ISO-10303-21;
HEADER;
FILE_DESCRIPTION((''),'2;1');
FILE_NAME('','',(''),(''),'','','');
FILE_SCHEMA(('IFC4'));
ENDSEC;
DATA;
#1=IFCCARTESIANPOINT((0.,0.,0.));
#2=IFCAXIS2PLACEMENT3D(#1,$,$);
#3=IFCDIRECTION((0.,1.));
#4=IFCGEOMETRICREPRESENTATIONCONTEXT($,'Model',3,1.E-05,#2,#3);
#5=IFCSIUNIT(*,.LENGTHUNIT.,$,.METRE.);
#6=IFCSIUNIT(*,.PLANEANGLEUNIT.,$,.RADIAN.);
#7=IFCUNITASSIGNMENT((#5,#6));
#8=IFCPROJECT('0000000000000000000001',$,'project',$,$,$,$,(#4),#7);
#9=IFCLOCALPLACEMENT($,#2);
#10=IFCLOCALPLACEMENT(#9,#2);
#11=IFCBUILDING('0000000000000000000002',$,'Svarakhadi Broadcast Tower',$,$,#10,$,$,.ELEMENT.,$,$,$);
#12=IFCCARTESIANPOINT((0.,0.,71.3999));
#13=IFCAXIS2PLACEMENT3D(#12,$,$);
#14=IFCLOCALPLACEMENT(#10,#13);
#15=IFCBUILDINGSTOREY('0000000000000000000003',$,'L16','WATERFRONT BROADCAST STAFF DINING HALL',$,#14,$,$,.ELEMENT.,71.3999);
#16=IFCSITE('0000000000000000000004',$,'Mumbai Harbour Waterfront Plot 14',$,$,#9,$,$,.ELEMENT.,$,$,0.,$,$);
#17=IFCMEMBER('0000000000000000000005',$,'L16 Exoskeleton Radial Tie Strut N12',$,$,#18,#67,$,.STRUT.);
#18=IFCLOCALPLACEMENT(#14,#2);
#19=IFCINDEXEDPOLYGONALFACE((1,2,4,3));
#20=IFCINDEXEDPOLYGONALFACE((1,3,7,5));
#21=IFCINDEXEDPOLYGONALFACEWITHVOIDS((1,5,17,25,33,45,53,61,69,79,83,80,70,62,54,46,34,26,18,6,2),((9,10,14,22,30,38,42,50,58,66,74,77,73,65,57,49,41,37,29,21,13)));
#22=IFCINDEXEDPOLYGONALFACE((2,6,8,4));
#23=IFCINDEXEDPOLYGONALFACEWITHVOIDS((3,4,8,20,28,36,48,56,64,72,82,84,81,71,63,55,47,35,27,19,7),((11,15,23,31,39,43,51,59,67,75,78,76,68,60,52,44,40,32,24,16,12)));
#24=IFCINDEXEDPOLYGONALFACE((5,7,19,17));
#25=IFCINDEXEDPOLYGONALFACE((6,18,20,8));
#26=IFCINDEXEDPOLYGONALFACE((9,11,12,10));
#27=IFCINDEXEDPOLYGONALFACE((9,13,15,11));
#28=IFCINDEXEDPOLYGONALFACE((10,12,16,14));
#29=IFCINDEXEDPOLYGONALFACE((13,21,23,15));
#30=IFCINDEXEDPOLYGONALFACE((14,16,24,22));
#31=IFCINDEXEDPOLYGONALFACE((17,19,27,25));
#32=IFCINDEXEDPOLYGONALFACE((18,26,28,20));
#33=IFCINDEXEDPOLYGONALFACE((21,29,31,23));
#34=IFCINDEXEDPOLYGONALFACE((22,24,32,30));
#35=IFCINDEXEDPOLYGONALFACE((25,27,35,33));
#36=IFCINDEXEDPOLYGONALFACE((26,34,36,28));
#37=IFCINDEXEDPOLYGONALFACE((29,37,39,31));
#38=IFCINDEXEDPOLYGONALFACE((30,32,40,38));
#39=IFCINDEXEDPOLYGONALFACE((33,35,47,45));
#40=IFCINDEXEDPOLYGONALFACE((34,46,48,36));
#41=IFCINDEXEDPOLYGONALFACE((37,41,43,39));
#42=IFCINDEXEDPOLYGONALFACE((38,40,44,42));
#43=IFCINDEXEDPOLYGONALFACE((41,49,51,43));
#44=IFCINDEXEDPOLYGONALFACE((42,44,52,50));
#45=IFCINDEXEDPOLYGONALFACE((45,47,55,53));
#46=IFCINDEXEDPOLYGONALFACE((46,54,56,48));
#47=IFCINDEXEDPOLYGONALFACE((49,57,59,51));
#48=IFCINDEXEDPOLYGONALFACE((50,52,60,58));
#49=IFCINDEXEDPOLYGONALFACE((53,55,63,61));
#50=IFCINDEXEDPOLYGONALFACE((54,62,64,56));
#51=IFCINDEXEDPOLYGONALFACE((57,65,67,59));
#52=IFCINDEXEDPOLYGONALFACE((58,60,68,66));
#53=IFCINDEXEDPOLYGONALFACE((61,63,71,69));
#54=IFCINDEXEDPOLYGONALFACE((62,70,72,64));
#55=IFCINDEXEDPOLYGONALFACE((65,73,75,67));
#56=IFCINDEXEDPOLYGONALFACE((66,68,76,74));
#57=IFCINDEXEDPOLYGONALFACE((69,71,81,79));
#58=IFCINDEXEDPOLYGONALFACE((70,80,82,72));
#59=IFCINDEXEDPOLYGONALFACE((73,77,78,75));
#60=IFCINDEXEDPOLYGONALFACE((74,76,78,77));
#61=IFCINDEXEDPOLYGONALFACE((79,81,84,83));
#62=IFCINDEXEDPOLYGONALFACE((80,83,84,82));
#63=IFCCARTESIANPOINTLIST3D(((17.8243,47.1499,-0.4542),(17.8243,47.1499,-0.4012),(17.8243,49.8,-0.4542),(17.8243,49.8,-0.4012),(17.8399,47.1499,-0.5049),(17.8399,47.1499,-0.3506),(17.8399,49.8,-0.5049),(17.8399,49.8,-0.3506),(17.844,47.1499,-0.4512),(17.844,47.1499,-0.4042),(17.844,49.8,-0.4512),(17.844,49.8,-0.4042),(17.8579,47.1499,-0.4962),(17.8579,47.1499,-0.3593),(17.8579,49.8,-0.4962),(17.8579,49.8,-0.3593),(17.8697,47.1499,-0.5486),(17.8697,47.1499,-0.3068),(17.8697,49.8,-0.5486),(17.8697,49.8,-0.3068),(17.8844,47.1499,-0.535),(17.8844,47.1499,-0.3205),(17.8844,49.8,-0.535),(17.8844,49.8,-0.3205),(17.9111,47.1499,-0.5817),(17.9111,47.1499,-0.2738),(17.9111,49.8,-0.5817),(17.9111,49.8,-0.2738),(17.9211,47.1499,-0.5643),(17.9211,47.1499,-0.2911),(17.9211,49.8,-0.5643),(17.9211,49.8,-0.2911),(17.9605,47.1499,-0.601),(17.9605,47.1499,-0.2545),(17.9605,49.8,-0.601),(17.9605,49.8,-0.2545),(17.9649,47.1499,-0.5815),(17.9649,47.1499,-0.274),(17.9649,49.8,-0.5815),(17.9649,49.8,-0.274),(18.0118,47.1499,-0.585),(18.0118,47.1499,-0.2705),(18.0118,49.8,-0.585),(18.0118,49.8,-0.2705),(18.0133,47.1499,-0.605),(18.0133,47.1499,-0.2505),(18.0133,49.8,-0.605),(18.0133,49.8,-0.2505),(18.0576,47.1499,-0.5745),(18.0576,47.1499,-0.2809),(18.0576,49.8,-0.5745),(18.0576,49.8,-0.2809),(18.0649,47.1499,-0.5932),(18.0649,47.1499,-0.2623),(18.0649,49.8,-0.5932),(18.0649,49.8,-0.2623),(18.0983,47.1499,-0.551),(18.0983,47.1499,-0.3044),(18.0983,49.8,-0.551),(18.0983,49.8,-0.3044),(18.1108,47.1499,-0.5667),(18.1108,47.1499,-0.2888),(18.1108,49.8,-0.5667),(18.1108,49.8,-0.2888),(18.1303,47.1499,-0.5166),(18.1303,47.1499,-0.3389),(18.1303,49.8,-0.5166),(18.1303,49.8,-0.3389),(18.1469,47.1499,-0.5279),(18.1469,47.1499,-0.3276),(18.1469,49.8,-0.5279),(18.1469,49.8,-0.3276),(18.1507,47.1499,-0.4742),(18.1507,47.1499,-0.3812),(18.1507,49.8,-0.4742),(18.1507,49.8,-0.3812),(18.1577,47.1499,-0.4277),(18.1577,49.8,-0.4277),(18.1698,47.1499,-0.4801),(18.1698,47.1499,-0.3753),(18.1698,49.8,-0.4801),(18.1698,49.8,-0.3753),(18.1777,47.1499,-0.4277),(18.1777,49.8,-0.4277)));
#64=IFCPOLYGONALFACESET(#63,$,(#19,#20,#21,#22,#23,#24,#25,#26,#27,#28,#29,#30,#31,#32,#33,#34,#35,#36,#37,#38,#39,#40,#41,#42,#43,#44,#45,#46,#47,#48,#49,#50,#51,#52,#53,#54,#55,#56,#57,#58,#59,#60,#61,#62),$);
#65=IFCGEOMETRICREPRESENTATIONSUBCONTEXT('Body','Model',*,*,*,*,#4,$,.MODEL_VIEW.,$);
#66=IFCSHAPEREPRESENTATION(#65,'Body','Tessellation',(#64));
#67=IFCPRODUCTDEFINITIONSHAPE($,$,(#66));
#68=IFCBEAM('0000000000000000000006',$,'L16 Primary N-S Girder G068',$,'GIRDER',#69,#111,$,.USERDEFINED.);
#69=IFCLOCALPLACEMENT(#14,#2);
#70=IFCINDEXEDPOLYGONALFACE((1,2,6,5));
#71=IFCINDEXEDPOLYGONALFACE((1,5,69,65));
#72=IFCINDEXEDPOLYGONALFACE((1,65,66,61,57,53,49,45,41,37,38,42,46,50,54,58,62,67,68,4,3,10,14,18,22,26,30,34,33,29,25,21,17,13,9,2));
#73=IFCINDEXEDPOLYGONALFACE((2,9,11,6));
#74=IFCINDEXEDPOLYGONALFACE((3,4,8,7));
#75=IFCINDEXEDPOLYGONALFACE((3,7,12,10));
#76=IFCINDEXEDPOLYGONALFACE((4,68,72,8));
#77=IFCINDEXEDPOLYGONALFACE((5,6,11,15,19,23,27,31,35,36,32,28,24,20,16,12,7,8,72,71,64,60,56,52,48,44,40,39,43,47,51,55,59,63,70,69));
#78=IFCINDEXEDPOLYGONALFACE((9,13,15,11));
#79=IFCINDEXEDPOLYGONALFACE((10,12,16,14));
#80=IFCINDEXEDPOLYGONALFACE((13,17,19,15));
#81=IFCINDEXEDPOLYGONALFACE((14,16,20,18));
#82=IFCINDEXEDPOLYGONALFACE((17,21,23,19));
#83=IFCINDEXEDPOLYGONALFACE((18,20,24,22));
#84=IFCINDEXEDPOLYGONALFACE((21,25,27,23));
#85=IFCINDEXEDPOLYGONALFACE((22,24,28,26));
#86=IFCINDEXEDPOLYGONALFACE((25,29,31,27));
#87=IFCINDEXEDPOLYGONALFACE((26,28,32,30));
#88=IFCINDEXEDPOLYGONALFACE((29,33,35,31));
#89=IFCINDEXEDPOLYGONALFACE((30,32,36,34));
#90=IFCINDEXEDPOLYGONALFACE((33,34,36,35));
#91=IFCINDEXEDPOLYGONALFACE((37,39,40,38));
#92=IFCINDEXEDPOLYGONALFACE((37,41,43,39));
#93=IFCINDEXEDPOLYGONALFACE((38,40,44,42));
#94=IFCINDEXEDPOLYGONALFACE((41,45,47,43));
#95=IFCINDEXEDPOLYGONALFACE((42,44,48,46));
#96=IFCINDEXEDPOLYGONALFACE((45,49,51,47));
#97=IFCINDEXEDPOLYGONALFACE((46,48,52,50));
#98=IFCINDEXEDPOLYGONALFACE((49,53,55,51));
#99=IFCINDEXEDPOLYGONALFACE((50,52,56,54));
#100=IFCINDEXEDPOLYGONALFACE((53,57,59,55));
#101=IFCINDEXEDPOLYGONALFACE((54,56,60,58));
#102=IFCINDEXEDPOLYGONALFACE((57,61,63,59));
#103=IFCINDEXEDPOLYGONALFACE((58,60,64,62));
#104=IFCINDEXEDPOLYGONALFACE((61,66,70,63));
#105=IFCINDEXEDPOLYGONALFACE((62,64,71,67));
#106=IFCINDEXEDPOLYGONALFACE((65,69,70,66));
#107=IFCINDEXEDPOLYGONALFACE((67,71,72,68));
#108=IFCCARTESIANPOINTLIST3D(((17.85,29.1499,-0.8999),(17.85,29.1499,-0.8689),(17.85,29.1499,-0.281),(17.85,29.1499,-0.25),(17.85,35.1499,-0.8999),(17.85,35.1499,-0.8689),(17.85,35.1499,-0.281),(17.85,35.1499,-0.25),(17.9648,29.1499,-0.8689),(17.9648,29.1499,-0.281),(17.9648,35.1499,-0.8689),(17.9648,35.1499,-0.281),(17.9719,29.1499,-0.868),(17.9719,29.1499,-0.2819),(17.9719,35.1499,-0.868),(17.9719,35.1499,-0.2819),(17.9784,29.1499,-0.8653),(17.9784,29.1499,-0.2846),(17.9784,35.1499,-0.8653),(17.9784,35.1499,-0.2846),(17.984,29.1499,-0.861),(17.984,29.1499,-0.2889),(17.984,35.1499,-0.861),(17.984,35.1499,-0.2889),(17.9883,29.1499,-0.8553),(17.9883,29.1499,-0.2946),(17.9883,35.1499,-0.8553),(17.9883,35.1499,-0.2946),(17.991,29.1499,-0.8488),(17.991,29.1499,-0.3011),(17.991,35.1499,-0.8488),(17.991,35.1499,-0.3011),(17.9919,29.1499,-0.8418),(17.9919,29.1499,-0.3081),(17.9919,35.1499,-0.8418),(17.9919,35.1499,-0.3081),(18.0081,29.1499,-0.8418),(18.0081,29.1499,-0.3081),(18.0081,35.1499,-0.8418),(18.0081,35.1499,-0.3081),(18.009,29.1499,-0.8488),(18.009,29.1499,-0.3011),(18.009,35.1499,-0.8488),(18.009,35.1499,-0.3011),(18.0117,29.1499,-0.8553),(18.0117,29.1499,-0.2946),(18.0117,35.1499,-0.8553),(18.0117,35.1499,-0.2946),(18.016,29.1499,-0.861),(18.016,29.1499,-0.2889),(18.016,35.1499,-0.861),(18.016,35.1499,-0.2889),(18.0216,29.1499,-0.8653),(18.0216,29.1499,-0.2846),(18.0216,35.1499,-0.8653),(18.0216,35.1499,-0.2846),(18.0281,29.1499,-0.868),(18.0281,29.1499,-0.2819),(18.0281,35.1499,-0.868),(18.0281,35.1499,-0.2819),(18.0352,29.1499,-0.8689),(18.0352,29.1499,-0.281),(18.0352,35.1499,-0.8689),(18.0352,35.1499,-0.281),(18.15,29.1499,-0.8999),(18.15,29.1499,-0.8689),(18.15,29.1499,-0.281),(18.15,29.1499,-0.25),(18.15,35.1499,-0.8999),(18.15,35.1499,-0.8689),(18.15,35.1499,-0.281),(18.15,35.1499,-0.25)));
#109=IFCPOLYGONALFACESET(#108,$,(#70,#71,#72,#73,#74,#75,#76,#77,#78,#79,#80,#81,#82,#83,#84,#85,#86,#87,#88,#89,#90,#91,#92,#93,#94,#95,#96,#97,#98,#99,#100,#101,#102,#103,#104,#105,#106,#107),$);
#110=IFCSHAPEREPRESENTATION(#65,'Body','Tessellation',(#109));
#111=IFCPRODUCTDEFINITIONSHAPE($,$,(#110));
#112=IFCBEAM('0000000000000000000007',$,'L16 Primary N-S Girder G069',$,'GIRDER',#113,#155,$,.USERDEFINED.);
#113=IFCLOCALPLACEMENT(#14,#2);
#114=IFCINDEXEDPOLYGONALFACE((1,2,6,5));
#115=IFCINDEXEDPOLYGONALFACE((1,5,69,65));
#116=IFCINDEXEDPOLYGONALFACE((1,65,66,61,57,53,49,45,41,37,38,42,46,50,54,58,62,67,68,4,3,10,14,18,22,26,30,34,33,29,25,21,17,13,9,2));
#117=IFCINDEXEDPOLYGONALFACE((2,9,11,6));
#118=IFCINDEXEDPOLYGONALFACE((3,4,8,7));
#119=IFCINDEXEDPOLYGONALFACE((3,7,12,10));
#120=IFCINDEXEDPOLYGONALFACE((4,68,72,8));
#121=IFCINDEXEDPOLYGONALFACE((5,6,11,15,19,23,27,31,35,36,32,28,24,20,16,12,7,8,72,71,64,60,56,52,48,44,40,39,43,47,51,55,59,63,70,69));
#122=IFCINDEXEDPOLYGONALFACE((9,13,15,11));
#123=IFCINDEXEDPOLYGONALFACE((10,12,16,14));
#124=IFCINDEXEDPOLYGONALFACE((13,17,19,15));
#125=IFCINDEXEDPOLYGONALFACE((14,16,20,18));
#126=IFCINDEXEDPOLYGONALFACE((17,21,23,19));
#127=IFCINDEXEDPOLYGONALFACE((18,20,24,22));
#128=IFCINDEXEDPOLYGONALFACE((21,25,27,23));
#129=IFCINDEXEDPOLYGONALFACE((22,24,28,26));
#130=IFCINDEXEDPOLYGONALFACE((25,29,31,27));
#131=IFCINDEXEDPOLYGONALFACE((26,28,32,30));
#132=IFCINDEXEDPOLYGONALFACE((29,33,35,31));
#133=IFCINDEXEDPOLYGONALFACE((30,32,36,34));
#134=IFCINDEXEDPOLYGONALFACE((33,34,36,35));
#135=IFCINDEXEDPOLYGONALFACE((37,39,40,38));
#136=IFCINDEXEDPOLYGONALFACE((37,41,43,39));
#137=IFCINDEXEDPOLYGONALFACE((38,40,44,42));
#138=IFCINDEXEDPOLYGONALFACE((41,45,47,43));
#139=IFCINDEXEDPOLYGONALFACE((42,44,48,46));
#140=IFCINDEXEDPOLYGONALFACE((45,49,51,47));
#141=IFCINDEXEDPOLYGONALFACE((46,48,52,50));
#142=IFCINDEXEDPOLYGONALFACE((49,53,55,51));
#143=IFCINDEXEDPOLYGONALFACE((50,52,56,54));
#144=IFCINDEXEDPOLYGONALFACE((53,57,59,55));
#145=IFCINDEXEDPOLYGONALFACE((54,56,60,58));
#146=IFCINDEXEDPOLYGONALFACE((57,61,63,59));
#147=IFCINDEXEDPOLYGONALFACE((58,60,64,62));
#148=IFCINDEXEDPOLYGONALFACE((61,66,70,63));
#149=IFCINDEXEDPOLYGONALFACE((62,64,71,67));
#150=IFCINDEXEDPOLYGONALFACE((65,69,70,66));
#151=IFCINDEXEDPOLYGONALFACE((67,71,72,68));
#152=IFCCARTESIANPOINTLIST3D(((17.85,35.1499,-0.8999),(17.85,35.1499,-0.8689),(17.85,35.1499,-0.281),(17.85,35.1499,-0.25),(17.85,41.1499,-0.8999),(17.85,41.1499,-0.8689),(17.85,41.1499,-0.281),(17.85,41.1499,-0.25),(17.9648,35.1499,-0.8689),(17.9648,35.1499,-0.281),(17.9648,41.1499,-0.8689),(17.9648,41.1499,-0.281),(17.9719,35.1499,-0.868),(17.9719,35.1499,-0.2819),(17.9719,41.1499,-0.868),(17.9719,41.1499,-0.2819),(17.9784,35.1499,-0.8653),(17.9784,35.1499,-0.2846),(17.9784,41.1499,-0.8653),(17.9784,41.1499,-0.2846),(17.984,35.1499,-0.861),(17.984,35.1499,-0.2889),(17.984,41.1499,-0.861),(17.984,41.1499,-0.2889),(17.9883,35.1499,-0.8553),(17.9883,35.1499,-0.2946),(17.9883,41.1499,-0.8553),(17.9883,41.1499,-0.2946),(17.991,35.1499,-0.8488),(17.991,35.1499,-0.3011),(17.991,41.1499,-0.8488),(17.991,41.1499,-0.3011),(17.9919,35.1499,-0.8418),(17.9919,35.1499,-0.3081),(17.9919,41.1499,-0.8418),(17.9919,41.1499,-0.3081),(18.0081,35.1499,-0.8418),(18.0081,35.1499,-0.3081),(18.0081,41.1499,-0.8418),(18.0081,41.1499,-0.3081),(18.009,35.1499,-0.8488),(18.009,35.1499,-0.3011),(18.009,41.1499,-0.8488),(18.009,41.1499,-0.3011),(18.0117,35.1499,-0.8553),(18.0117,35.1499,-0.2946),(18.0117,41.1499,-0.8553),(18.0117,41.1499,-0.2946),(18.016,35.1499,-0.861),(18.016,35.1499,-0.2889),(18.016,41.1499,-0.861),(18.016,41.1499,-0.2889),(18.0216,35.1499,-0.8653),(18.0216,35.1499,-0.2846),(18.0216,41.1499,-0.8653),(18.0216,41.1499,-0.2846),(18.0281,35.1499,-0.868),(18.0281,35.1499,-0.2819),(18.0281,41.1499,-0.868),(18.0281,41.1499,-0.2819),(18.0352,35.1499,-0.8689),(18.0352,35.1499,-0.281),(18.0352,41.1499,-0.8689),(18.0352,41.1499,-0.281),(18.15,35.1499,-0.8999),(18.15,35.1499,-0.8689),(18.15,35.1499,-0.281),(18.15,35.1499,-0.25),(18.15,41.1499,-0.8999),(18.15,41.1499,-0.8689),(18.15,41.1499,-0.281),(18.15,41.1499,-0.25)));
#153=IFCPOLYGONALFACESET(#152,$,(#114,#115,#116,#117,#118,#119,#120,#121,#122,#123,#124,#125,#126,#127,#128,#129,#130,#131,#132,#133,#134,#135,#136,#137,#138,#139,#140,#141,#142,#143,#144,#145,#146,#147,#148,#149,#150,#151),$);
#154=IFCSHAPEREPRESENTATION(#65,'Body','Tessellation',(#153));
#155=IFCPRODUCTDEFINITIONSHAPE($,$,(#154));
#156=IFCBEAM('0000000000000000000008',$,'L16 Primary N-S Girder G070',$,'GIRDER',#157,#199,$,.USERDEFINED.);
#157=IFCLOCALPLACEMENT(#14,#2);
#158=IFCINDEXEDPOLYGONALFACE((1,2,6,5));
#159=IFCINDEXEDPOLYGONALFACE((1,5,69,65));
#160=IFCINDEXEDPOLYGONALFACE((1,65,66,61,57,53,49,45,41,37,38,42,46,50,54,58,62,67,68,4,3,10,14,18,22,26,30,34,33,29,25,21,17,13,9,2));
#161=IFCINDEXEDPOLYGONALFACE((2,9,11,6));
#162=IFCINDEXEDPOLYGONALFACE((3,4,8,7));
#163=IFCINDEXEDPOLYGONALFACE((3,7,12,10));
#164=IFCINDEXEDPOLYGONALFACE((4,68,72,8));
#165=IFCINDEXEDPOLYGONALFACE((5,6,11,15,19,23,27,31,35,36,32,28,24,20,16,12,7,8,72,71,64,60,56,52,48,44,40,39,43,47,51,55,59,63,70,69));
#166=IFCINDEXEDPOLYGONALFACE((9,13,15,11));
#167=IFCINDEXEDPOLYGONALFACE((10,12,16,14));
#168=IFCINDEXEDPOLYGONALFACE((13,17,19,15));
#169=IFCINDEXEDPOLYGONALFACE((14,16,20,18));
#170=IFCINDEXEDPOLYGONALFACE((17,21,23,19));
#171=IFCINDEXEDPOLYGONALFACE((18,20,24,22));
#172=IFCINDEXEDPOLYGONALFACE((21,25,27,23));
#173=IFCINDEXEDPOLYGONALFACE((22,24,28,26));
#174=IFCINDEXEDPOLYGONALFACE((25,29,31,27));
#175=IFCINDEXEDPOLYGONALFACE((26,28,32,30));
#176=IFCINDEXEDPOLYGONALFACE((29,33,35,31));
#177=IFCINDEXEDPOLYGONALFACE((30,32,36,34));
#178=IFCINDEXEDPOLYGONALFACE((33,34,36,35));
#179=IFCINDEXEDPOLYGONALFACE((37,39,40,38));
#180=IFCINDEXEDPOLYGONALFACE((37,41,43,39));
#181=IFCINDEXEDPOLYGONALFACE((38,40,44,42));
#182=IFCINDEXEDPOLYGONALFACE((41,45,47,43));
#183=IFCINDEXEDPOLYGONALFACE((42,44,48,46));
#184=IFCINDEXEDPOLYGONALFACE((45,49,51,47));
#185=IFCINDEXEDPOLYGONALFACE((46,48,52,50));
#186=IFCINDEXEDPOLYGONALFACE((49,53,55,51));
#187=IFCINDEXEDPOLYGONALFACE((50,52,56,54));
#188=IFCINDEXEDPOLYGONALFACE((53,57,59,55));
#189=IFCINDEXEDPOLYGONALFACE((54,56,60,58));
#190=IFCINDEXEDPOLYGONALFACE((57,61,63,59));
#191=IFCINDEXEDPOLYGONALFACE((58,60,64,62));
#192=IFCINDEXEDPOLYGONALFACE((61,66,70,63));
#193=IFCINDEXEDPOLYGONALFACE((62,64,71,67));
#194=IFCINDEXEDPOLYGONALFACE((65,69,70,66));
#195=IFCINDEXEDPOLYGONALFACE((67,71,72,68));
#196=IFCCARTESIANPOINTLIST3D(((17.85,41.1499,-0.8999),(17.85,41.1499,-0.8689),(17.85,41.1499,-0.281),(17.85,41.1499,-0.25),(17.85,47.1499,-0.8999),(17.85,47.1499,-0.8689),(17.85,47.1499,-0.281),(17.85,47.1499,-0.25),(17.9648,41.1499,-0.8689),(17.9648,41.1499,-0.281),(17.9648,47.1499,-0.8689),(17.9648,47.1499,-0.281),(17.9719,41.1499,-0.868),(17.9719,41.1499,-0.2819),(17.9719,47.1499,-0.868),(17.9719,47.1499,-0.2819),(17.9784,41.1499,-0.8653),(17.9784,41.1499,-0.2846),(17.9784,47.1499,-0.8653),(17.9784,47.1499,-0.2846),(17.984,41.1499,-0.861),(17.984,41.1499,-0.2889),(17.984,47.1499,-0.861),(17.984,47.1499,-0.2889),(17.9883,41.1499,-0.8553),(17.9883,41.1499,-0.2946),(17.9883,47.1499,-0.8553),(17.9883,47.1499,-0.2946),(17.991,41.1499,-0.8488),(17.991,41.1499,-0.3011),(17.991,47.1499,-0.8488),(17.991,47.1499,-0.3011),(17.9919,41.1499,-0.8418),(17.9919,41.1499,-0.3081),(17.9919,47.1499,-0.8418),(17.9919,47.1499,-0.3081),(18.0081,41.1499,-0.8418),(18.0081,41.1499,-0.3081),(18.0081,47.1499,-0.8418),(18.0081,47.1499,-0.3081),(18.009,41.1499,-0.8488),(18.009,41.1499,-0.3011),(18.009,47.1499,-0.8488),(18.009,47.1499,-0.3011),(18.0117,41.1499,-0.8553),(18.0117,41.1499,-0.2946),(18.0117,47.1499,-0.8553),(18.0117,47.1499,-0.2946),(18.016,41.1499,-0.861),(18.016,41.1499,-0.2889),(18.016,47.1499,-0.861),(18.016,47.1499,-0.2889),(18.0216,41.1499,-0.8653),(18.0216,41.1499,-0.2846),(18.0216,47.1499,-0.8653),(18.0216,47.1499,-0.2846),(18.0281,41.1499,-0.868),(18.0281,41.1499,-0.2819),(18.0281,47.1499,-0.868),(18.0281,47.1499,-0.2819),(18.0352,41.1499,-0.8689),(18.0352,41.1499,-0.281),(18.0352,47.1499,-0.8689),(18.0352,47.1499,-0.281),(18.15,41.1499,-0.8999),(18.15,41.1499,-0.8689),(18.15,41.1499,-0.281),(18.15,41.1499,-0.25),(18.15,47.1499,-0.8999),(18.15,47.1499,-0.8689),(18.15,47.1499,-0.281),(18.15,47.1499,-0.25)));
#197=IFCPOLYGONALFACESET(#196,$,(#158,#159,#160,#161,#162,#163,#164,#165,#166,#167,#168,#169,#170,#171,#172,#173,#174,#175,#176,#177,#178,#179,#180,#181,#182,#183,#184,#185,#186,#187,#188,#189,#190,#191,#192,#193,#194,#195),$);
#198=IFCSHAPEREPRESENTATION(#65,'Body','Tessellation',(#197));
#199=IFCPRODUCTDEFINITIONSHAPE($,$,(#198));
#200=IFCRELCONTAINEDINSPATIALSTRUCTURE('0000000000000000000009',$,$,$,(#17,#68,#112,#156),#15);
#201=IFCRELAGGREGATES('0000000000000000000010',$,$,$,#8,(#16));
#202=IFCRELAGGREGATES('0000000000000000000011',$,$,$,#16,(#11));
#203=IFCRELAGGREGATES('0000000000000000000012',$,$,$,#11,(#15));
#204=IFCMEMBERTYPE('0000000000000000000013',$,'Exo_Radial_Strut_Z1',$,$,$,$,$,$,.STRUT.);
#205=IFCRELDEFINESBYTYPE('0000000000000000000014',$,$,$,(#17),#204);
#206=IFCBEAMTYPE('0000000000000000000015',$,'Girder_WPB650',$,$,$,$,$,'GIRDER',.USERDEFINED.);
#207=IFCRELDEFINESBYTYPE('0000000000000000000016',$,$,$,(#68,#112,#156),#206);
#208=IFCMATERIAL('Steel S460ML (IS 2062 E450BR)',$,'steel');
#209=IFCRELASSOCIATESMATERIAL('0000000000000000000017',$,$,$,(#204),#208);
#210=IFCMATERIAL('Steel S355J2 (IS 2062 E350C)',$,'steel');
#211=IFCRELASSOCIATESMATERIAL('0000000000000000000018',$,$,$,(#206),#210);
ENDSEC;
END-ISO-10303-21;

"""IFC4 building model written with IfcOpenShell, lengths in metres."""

from ifc_helpers import new_model, si_unit, direction, frame, origin, origin_2d, place, context, subcontext, project, spatial, hollow_circle, i_section, extrude, material, material_profile, profile_set, type_object, element, save


model = new_model("IFC4")

# Units and contexts
model_context = context("Model", 3, precision=1e-05, world=origin(), true_north=direction((0.0, 1.0)))
body_context = subcontext(model_context, "Body", "Model", "MODEL_VIEW")
ifc_project = project(units=[si_unit("LENGTHUNIT", "METRE"), si_unit("PLANEANGLEUNIT", "RADIAN")], contexts=[model_context])

# Site, building, storey
site_placement = place(None, origin())
site = spatial("IfcSite", under=ifc_project, at=site_placement, Name="Mumbai Harbour Waterfront Plot 14", CompositionType="ELEMENT", RefElevation=0.0)
building_placement = place(site_placement, origin())
building = spatial("IfcBuilding", under=site, at=building_placement, Name="Svarakhadi Broadcast Tower", CompositionType="ELEMENT")
storey_placement = place(building_placement, frame((0.0, 0.0, 71.3999)))
storey = spatial("IfcBuildingStorey", under=building, at=storey_placement, Name="L16", Description="WATERFRONT BROADCAST STAFF DINING HALL", CompositionType="ELEMENT", Elevation=71.3999)

# Member
ifc_material_1 = material(Name="Steel S460ML (IS 2062 E450BR)", Category="steel")
ifc_material_profile_1 = material_profile(ifc_material_1, hollow_circle(Radius=0.1777, WallThickness=0.02, at=origin_2d()), Name="CHS 355.6x20")
ifc_profile_set_1 = profile_set([ifc_material_profile_1], Name="Steel S460ML (IS 2062 E450BR)")
member_type_1 = type_object("IfcMemberType", Name="Exo_Radial_Strut_Z1", PredefinedType="STRUT", material=ifc_profile_set_1)
member_1_placement = place(storey_placement, frame((18.0, 49.8, -0.4277), z_axis=(0.0, -1.0, 0.0), x_axis=(1.0, 0.0, 0.0)))
element("IfcMember", 1, at=member_1_placement, inside=storey, type_object=member_type_1, Name="L16 Exoskeleton Radial Tie Strut N12", PredefinedType="STRUT", context=body_context, shape_type="SweptSolid", body=[
    extrude(hollow_circle(Radius=0.1777, WallThickness=0.02, at=origin_2d()), origin(), (0.0, 0.0, 1.0), 2.6501),
])

# Beams
ifc_material_2 = material(Name="Steel S355J2 (IS 2062 E350C)", Category="steel")
ifc_material_profile_2 = material_profile(ifc_material_2, i_section(OverallWidth=0.3, OverallDepth=0.6499, WebThickness=0.0161, FlangeThickness=0.031, FilletRadius=0.0271, at=origin_2d()), Name="WPB 650x300x225")
ifc_profile_set_2 = profile_set([ifc_material_profile_2], Name="Steel S355J2 (IS 2062 E350C)")
beam_type = type_object("IfcBeamType", Name="Girder_WPB650", ElementType="GIRDER", PredefinedType="USERDEFINED", material=ifc_profile_set_2)
for number, where, z_axis, x_axis, name in (
    (2, (18.0, 29.1499, -0.575), (0.0, 1.0, 0.0), (-1.0, 0.0, 0.0), "L16 Primary N-S Girder G068"),
    (3, (18.0, 35.1499, -0.575), (0.0, 1.0, 0.0), (-1.0, 0.0, 0.0), "L16 Primary N-S Girder G069"),
    (4, (18.0, 41.1499, -0.575), (0.0, 1.0, 0.0), (-1.0, 0.0, 0.0), "L16 Primary N-S Girder G070"),
):
    element("IfcBeam", number, at=place(storey_placement, frame(where, z_axis=z_axis, x_axis=x_axis)), inside=storey, type_object=beam_type, Name=name, ObjectType="GIRDER", PredefinedType="USERDEFINED", context=body_context, shape_type="SweptSolid", body=[
        extrude(i_section(OverallWidth=0.3, OverallDepth=0.6499, WebThickness=0.0161, FlangeThickness=0.031, FilletRadius=0.0271, at=origin_2d()), origin(), (0.0, 0.0, 1.0), 6.0),
    ])

save(model, "model.ifc")
